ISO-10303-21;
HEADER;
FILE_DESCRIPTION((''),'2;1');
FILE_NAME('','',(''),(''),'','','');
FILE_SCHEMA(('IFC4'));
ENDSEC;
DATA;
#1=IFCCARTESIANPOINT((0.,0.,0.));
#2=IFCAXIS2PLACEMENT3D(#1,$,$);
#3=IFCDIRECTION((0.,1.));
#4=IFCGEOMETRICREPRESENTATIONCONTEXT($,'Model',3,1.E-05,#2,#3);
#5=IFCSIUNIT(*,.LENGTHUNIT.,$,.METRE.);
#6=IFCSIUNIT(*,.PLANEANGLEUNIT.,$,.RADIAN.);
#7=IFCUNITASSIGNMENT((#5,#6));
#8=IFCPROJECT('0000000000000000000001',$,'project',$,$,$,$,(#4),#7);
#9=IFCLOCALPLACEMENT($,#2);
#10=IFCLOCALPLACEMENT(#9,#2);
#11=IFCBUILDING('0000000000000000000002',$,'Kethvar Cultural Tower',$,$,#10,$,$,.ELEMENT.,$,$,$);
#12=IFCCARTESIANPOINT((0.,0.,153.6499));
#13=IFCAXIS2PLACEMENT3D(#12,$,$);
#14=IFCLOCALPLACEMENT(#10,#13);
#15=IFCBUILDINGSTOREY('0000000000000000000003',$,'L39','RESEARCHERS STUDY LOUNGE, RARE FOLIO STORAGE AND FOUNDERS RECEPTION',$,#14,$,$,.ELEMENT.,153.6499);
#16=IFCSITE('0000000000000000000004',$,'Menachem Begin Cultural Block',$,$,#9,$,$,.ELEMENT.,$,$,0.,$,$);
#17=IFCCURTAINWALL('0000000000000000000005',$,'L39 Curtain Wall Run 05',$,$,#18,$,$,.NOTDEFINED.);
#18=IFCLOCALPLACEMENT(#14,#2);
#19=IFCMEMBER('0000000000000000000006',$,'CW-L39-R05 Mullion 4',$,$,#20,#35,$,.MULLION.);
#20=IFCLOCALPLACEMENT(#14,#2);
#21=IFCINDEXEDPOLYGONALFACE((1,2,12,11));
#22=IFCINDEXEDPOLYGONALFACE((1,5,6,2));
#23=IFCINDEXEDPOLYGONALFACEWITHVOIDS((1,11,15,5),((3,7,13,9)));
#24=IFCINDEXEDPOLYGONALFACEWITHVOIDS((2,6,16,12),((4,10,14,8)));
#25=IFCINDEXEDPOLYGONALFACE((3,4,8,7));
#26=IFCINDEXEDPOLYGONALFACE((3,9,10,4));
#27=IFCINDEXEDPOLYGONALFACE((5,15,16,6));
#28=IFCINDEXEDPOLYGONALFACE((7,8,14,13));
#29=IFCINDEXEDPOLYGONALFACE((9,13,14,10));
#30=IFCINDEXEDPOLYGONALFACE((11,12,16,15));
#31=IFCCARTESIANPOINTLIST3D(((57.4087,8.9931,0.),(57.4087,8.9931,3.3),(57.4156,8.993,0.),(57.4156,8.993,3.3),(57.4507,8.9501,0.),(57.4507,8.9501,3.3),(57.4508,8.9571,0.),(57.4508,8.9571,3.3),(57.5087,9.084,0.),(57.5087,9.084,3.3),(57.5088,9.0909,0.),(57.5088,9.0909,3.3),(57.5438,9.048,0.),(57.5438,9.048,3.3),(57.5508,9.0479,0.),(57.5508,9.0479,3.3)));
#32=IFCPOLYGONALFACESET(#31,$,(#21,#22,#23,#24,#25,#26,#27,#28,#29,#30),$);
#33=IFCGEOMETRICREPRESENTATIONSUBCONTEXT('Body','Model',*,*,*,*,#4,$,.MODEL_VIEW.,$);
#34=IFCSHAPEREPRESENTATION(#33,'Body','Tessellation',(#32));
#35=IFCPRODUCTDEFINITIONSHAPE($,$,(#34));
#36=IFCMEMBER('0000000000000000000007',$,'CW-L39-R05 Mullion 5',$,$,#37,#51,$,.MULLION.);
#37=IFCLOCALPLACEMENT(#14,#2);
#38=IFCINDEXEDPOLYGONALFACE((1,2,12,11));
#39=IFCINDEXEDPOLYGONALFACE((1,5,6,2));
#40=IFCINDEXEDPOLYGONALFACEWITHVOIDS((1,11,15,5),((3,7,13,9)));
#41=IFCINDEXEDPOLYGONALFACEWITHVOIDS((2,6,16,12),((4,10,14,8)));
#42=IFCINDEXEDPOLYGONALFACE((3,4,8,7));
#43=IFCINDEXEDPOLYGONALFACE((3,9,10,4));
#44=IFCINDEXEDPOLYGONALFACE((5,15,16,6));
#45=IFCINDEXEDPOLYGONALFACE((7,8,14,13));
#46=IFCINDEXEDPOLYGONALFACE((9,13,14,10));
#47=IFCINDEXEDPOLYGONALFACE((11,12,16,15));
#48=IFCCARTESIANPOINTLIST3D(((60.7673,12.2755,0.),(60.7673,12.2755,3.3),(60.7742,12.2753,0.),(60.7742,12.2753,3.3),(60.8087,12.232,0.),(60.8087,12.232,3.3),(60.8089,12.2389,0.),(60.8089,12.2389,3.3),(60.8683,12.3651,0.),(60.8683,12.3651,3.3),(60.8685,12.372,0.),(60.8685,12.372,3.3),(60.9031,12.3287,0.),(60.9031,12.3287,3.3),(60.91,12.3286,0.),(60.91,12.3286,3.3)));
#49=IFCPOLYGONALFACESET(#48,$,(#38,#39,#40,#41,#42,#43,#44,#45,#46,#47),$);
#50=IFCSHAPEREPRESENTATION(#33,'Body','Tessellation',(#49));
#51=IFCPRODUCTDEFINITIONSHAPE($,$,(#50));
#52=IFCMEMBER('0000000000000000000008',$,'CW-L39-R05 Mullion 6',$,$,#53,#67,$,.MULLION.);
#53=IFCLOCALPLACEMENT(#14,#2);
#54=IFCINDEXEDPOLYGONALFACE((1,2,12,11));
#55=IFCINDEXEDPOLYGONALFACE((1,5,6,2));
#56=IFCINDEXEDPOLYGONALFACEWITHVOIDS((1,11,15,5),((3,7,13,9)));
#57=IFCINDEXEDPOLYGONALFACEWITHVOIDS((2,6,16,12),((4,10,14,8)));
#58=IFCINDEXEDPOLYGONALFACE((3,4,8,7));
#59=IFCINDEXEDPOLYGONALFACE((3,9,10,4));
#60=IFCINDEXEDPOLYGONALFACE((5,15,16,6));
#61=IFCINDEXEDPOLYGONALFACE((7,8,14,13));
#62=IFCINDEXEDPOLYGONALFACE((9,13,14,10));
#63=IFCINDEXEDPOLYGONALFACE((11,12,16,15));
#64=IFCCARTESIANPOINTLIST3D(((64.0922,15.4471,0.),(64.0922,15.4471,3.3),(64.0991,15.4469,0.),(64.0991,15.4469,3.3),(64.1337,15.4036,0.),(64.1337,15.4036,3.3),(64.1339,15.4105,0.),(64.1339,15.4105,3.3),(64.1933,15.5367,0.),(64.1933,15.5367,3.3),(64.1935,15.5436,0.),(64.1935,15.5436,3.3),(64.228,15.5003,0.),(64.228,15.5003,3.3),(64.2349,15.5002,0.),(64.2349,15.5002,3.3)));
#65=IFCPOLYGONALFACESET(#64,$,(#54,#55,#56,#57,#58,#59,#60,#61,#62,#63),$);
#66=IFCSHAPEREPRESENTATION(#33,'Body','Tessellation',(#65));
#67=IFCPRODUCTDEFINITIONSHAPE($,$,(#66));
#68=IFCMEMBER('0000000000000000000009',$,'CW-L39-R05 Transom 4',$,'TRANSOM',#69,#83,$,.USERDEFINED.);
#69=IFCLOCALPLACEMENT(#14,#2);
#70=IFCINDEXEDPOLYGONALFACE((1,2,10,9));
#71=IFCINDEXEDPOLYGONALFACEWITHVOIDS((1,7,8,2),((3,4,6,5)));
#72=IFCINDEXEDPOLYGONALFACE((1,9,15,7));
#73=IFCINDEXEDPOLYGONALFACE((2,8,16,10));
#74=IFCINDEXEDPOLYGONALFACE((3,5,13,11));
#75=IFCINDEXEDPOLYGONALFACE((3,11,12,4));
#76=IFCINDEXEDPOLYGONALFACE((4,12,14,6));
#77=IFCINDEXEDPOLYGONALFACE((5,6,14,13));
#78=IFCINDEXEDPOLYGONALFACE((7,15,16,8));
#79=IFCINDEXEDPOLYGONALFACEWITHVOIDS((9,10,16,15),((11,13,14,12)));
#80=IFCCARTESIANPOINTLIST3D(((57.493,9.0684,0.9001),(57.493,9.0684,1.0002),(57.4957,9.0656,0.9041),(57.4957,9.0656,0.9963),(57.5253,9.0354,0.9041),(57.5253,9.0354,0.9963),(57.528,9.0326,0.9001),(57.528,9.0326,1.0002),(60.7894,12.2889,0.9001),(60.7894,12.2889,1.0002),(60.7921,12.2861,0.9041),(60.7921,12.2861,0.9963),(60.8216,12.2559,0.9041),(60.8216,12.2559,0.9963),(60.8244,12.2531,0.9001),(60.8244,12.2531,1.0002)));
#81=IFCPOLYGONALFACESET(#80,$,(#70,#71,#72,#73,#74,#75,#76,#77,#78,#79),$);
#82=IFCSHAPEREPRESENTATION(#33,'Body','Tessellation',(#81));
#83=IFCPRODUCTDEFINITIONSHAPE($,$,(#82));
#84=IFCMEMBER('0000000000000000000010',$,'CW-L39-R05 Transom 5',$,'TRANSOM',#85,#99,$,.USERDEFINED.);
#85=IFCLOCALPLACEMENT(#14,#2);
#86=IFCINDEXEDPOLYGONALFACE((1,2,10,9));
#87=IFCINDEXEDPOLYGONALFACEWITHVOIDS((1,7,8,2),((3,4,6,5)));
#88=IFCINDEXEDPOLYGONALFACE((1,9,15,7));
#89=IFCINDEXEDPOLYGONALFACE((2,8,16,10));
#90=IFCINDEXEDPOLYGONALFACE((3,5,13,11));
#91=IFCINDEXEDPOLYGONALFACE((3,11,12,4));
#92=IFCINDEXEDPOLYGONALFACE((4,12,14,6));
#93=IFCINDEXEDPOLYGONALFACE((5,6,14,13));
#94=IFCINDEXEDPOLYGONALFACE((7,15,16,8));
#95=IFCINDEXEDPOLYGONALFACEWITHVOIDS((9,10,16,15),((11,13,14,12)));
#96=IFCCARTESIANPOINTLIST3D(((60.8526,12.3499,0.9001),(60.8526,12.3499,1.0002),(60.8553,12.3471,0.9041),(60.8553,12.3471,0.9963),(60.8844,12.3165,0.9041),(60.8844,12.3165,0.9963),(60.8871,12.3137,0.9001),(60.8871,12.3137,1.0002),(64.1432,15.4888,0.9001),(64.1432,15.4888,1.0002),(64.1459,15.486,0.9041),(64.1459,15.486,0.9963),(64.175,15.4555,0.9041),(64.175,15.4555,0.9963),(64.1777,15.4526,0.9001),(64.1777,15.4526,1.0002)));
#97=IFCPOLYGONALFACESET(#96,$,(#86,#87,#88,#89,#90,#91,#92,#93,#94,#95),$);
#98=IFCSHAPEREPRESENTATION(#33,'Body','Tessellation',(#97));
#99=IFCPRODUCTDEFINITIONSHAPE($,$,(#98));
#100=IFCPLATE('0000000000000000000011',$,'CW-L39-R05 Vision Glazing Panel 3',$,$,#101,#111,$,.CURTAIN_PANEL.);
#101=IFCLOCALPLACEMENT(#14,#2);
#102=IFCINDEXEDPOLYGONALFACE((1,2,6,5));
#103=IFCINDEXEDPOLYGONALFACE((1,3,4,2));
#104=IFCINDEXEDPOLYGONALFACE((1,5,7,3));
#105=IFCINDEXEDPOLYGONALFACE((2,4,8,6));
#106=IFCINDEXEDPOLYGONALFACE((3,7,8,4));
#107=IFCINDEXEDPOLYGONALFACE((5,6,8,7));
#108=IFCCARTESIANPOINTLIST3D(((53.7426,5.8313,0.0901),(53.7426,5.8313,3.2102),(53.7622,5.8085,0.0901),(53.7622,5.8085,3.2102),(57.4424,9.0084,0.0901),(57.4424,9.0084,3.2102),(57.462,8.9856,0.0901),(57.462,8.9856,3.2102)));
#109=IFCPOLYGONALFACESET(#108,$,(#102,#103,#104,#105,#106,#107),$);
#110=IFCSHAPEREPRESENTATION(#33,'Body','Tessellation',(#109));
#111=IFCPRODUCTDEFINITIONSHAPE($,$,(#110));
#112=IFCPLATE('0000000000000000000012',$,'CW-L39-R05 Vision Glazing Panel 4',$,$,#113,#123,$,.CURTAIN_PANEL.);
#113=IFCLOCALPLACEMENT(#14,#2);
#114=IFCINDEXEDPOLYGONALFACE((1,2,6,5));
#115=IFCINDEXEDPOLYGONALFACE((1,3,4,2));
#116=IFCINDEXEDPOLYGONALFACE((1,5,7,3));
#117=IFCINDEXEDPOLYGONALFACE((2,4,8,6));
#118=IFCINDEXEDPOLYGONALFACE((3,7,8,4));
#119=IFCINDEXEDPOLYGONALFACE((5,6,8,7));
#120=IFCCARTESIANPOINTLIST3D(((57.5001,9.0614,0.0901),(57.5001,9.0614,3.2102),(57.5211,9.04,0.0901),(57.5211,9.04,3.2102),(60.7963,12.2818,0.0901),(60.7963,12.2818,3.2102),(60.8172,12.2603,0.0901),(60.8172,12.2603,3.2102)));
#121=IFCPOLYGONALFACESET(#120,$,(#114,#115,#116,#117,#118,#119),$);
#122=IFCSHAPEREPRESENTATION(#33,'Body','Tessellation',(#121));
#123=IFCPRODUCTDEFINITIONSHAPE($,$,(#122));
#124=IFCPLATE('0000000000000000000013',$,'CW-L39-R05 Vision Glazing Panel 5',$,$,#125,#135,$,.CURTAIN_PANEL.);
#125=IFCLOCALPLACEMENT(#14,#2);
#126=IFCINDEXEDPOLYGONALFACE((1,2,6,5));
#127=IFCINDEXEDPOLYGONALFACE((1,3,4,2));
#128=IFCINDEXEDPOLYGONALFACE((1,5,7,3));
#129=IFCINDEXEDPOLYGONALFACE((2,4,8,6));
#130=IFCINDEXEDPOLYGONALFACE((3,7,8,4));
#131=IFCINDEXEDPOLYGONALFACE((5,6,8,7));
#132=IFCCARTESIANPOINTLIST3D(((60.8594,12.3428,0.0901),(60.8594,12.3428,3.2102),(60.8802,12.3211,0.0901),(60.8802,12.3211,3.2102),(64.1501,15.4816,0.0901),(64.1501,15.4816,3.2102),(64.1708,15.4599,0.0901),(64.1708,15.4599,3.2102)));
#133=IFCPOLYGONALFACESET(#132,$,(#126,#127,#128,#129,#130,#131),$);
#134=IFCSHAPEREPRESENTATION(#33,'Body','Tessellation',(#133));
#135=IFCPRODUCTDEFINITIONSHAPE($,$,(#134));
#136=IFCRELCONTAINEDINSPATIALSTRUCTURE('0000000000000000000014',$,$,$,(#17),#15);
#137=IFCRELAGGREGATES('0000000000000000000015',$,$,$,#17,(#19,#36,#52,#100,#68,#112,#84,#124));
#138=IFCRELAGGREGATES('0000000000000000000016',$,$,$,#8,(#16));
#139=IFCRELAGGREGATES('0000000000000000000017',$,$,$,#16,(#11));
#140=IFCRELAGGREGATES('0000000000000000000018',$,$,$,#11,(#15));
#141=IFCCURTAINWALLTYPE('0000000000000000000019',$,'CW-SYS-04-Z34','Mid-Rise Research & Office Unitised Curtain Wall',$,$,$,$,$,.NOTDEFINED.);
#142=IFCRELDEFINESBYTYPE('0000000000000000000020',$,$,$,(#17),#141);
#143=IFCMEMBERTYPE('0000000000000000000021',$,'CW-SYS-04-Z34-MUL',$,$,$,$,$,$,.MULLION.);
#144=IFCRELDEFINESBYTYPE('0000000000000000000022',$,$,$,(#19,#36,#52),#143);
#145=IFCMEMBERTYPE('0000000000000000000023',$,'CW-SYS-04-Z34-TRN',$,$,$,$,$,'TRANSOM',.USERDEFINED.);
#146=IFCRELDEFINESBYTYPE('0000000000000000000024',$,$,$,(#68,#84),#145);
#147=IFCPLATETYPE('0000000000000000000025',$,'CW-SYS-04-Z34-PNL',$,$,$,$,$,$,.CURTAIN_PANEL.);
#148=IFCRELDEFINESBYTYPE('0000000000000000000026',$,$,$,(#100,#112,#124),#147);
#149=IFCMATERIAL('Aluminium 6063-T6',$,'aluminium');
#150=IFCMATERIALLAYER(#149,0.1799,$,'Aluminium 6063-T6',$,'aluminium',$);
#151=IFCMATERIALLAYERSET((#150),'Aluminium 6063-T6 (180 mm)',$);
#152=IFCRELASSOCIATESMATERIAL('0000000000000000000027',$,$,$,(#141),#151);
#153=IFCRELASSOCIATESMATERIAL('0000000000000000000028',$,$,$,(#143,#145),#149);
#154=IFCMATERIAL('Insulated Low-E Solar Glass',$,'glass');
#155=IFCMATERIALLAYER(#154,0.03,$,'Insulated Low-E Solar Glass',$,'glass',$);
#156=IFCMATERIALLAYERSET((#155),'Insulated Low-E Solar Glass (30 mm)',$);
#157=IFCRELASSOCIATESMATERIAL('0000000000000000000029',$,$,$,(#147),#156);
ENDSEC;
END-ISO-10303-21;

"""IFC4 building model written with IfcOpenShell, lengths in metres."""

from ifc_helpers import new_model, si_unit, direction, frame, origin, origin_2d, place, context, subcontext, project, spatial, rectangle, hollow_rectangle, extrude, source, transform, mapped, material, layer, layer_set, material_profile, profile_set, type_object, element, aggregate, save


model = new_model("IFC4")

# Units and contexts
model_context = context("Model", 3, precision=1e-05, world=origin(), true_north=direction((0.0, 1.0)))
body_context = subcontext(model_context, "Body", "Model", "MODEL_VIEW")
ifc_project = project(units=[si_unit("LENGTHUNIT", "METRE"), si_unit("PLANEANGLEUNIT", "RADIAN")], contexts=[model_context])

# Site, building, storey
site_placement = place(None, origin())
site = spatial("IfcSite", under=ifc_project, at=site_placement, Name="Menachem Begin Cultural Block", CompositionType="ELEMENT", RefElevation=0.0)
building_placement = place(site_placement, origin())
building = spatial("IfcBuilding", under=site, at=building_placement, Name="Kethvar Cultural Tower", CompositionType="ELEMENT")
storey_placement = place(building_placement, frame((0.0, 0.0, 153.6499)))
storey = spatial("IfcBuildingStorey", under=building, at=storey_placement, Name="L39", Description="RESEARCHERS STUDY LOUNGE, RARE FOLIO STORAGE AND FOUNDERS RECEPTION", CompositionType="ELEMENT", Elevation=153.6499)

# Curtain wall, members, plates
ifc_material_1 = material(Name="Aluminium 6063-T6", Category="aluminium")
ifc_layer_1 = layer(ifc_material_1, 0.1799, Name="Aluminium 6063-T6", Category="aluminium")
ifc_layer_set_1 = layer_set([ifc_layer_1], Name="Aluminium 6063-T6 (180 mm)")
curtain_wall_type = type_object("IfcCurtainWallType", Name="CW-SYS-04-Z34", Description="Mid-Rise Research & Office Unitised Curtain Wall", PredefinedType="NOTDEFINED", material=ifc_layer_set_1)
curtain_wall_placement = place(storey_placement, origin())
curtain_wall = element("IfcCurtainWall", 1, at=curtain_wall_placement, inside=storey, type_object=curtain_wall_type, Name="L39 Curtain Wall Run 05", PredefinedType="NOTDEFINED")
ifc_material_profile_1 = material_profile(ifc_material_1, hollow_rectangle(XDim=0.0601, YDim=0.1399, WallThickness=0.0049, at=origin_2d()), Name="Aluminium 6063-T6 — RHS140x60x5")
ifc_profile_set_1 = profile_set([ifc_material_profile_1], Name="Aluminium 6063-T6 — RHS140x60x5")
member_type_1 = type_object("IfcMemberType", Name="CW-SYS-04-Z34-MUL", PredefinedType="MULLION", material=ifc_profile_set_1)
shared_shape_1 = source(origin(), body_context, "Body", "SweptSolid", [
    extrude(hollow_rectangle(XDim=0.0601, YDim=0.1399, WallThickness=0.0049, at=origin_2d()), origin(), (0.0, 0.0, 1.0), 3.3),
])
member_1_placement = place(storey_placement, frame((57.4797, 9.0205, 0.0), z_axis=(0.0, 0.0, 1.0), x_axis=(-0.69884, 0.715278, 0.0)))
member_1 = element("IfcMember", 2, at=member_1_placement, type_object=member_type_1, Name="CW-L39-R05 Mullion 4", PredefinedType="MULLION", context=body_context, shape_type="MappedRepresentation", body=[
    mapped(shared_shape_1, transform((0.0, 0.0, 0.0), scale=1.0)),
])
member_2_placement = place(storey_placement, frame((60.8386, 12.302, 0.0), z_axis=(0.0, 0.0, 1.0), x_axis=(-0.690213, 0.723606, 0.0)))
member_2 = element("IfcMember", 3, at=member_2_placement, type_object=member_type_1, Name="CW-L39-R05 Mullion 5", PredefinedType="MULLION", context=body_context, shape_type="MappedRepresentation", body=[
    mapped(shared_shape_1, transform((0.0, 0.0, 0.0), scale=1.0)),
])
member_3_placement = place(storey_placement, frame((64.1636, 15.4736, 0.0), z_axis=(0.0, 0.0, 1.0), x_axis=(-0.690213, 0.723606, 0.0)))
member_3 = element("IfcMember", 4, at=member_3_placement, type_object=member_type_1, Name="CW-L39-R05 Mullion 6", PredefinedType="MULLION", context=body_context, shape_type="MappedRepresentation", body=[
    mapped(shared_shape_1, transform((0.0, 0.0, 0.0), scale=1.0)),
])
ifc_material_profile_2 = material_profile(ifc_material_1, hollow_rectangle(XDim=0.05, YDim=0.1001, WallThickness=0.0039, at=origin_2d()), Name="Aluminium 6063-T6 — RHS100x50x4")
ifc_profile_set_2 = profile_set([ifc_material_profile_2], Name="Aluminium 6063-T6 — RHS100x50x4")
member_type_2 = type_object("IfcMemberType", Name="CW-SYS-04-Z34-TRN", ElementType="TRANSOM", PredefinedType="USERDEFINED", material=ifc_profile_set_2)
shared_shape_2 = source(origin(), body_context, "Body", "SweptSolid", [
    extrude(hollow_rectangle(XDim=0.05, YDim=0.1001, WallThickness=0.0039, at=origin_2d()), origin(), (0.0, 0.0, 1.0), 4.6084),
])
member_4_placement = place(storey_placement, frame((57.5105, 9.0505, 0.9502), z_axis=(0.715297, 0.698821, 0.0), x_axis=(-0.698821, 0.715297, 0.0)))
member_4 = element("IfcMember", 5, at=member_4_placement, type_object=member_type_2, Name="CW-L39-R05 Transom 4", ObjectType="TRANSOM", PredefinedType="USERDEFINED", context=body_context, shape_type="MappedRepresentation", body=[
    mapped(shared_shape_2, transform((0.0, 0.0, 0.0), scale=1.0)),
])
shared_shape_3 = source(origin(), body_context, "Body", "SweptSolid", [
    extrude(hollow_rectangle(XDim=0.05, YDim=0.1001, WallThickness=0.0039, at=origin_2d()), origin(), (0.0, 0.0, 1.0), 4.5476),
])
member_5_placement = place(storey_placement, frame((60.8699, 12.3318, 0.9502), z_axis=(0.72358, 0.690241, 0.0), x_axis=(-0.690241, 0.72358, 0.0)))
member_5 = element("IfcMember", 6, at=member_5_placement, type_object=member_type_2, Name="CW-L39-R05 Transom 5", ObjectType="TRANSOM", PredefinedType="USERDEFINED", context=body_context, shape_type="MappedRepresentation", body=[
    mapped(shared_shape_3, transform((0.0, 0.0, 0.0), scale=1.0)),
])
ifc_material_2 = material(Name="Insulated Low-E Solar Glass", Category="glass")
ifc_layer_2 = layer(ifc_material_2, 0.03, Name="Insulated Low-E Solar Glass", Category="glass")
ifc_layer_set_2 = layer_set([ifc_layer_2], Name="Insulated Low-E Solar Glass (30 mm)")
plate_type = type_object("IfcPlateType", Name="CW-SYS-04-Z34-PNL", PredefinedType="CURTAIN_PANEL", material=ifc_layer_set_2)
shared_shape_4 = source(origin(), body_context, "Body", "SweptSolid", [
    extrude(rectangle(XDim=4.8767, YDim=0.03, at=origin_2d()), origin(), (0.0, 0.0, 1.0), 3.1201),
])
plate_1_placement = place(storey_placement, frame((55.6023, 7.4084, 0.0901), z_axis=(0.0, 0.0, 1.0), x_axis=(0.758658, 0.65149, 0.0)))
plate_1 = element("IfcPlate", 7, at=plate_1_placement, type_object=plate_type, Name="CW-L39-R05 Vision Glazing Panel 3", PredefinedType="CURTAIN_PANEL", context=body_context, shape_type="MappedRepresentation", body=[
    mapped(shared_shape_4, transform((0.0, 0.0, 0.0), scale=1.0)),
])
shared_shape_5 = source(origin(), body_context, "Body", "SweptSolid", [
    extrude(rectangle(XDim=4.6082, YDim=0.03, at=origin_2d()), origin(), (0.0, 0.0, 1.0), 3.1201),
])
plate_2_placement = place(storey_placement, frame((59.1587, 10.6609, 0.0901), z_axis=(0.0, 0.0, 1.0), x_axis=(0.715278, 0.69884, 0.0)))
plate_2 = element("IfcPlate", 8, at=plate_2_placement, type_object=plate_type, Name="CW-L39-R05 Vision Glazing Panel 4", PredefinedType="CURTAIN_PANEL", context=body_context, shape_type="MappedRepresentation", body=[
    mapped(shared_shape_5, transform((0.0, 0.0, 0.0), scale=1.0)),
])
shared_shape_6 = source(origin(), body_context, "Body", "SweptSolid", [
    extrude(rectangle(XDim=4.5476, YDim=0.03, at=origin_2d()), origin(), (0.0, 0.0, 1.0), 3.1201),
])
plate_3_placement = place(storey_placement, frame((62.5151, 13.9014, 0.0901), z_axis=(0.0, 0.0, 1.0), x_axis=(0.723606, 0.690213, 0.0)))
plate_3 = element("IfcPlate", 9, at=plate_3_placement, type_object=plate_type, Name="CW-L39-R05 Vision Glazing Panel 5", PredefinedType="CURTAIN_PANEL", context=body_context, shape_type="MappedRepresentation", body=[
    mapped(shared_shape_6, transform((0.0, 0.0, 0.0), scale=1.0)),
])
aggregate(curtain_wall, [member_1, member_2, member_3, plate_1, member_4, plate_2, member_5, plate_3])

save(model, "model.ifc")
